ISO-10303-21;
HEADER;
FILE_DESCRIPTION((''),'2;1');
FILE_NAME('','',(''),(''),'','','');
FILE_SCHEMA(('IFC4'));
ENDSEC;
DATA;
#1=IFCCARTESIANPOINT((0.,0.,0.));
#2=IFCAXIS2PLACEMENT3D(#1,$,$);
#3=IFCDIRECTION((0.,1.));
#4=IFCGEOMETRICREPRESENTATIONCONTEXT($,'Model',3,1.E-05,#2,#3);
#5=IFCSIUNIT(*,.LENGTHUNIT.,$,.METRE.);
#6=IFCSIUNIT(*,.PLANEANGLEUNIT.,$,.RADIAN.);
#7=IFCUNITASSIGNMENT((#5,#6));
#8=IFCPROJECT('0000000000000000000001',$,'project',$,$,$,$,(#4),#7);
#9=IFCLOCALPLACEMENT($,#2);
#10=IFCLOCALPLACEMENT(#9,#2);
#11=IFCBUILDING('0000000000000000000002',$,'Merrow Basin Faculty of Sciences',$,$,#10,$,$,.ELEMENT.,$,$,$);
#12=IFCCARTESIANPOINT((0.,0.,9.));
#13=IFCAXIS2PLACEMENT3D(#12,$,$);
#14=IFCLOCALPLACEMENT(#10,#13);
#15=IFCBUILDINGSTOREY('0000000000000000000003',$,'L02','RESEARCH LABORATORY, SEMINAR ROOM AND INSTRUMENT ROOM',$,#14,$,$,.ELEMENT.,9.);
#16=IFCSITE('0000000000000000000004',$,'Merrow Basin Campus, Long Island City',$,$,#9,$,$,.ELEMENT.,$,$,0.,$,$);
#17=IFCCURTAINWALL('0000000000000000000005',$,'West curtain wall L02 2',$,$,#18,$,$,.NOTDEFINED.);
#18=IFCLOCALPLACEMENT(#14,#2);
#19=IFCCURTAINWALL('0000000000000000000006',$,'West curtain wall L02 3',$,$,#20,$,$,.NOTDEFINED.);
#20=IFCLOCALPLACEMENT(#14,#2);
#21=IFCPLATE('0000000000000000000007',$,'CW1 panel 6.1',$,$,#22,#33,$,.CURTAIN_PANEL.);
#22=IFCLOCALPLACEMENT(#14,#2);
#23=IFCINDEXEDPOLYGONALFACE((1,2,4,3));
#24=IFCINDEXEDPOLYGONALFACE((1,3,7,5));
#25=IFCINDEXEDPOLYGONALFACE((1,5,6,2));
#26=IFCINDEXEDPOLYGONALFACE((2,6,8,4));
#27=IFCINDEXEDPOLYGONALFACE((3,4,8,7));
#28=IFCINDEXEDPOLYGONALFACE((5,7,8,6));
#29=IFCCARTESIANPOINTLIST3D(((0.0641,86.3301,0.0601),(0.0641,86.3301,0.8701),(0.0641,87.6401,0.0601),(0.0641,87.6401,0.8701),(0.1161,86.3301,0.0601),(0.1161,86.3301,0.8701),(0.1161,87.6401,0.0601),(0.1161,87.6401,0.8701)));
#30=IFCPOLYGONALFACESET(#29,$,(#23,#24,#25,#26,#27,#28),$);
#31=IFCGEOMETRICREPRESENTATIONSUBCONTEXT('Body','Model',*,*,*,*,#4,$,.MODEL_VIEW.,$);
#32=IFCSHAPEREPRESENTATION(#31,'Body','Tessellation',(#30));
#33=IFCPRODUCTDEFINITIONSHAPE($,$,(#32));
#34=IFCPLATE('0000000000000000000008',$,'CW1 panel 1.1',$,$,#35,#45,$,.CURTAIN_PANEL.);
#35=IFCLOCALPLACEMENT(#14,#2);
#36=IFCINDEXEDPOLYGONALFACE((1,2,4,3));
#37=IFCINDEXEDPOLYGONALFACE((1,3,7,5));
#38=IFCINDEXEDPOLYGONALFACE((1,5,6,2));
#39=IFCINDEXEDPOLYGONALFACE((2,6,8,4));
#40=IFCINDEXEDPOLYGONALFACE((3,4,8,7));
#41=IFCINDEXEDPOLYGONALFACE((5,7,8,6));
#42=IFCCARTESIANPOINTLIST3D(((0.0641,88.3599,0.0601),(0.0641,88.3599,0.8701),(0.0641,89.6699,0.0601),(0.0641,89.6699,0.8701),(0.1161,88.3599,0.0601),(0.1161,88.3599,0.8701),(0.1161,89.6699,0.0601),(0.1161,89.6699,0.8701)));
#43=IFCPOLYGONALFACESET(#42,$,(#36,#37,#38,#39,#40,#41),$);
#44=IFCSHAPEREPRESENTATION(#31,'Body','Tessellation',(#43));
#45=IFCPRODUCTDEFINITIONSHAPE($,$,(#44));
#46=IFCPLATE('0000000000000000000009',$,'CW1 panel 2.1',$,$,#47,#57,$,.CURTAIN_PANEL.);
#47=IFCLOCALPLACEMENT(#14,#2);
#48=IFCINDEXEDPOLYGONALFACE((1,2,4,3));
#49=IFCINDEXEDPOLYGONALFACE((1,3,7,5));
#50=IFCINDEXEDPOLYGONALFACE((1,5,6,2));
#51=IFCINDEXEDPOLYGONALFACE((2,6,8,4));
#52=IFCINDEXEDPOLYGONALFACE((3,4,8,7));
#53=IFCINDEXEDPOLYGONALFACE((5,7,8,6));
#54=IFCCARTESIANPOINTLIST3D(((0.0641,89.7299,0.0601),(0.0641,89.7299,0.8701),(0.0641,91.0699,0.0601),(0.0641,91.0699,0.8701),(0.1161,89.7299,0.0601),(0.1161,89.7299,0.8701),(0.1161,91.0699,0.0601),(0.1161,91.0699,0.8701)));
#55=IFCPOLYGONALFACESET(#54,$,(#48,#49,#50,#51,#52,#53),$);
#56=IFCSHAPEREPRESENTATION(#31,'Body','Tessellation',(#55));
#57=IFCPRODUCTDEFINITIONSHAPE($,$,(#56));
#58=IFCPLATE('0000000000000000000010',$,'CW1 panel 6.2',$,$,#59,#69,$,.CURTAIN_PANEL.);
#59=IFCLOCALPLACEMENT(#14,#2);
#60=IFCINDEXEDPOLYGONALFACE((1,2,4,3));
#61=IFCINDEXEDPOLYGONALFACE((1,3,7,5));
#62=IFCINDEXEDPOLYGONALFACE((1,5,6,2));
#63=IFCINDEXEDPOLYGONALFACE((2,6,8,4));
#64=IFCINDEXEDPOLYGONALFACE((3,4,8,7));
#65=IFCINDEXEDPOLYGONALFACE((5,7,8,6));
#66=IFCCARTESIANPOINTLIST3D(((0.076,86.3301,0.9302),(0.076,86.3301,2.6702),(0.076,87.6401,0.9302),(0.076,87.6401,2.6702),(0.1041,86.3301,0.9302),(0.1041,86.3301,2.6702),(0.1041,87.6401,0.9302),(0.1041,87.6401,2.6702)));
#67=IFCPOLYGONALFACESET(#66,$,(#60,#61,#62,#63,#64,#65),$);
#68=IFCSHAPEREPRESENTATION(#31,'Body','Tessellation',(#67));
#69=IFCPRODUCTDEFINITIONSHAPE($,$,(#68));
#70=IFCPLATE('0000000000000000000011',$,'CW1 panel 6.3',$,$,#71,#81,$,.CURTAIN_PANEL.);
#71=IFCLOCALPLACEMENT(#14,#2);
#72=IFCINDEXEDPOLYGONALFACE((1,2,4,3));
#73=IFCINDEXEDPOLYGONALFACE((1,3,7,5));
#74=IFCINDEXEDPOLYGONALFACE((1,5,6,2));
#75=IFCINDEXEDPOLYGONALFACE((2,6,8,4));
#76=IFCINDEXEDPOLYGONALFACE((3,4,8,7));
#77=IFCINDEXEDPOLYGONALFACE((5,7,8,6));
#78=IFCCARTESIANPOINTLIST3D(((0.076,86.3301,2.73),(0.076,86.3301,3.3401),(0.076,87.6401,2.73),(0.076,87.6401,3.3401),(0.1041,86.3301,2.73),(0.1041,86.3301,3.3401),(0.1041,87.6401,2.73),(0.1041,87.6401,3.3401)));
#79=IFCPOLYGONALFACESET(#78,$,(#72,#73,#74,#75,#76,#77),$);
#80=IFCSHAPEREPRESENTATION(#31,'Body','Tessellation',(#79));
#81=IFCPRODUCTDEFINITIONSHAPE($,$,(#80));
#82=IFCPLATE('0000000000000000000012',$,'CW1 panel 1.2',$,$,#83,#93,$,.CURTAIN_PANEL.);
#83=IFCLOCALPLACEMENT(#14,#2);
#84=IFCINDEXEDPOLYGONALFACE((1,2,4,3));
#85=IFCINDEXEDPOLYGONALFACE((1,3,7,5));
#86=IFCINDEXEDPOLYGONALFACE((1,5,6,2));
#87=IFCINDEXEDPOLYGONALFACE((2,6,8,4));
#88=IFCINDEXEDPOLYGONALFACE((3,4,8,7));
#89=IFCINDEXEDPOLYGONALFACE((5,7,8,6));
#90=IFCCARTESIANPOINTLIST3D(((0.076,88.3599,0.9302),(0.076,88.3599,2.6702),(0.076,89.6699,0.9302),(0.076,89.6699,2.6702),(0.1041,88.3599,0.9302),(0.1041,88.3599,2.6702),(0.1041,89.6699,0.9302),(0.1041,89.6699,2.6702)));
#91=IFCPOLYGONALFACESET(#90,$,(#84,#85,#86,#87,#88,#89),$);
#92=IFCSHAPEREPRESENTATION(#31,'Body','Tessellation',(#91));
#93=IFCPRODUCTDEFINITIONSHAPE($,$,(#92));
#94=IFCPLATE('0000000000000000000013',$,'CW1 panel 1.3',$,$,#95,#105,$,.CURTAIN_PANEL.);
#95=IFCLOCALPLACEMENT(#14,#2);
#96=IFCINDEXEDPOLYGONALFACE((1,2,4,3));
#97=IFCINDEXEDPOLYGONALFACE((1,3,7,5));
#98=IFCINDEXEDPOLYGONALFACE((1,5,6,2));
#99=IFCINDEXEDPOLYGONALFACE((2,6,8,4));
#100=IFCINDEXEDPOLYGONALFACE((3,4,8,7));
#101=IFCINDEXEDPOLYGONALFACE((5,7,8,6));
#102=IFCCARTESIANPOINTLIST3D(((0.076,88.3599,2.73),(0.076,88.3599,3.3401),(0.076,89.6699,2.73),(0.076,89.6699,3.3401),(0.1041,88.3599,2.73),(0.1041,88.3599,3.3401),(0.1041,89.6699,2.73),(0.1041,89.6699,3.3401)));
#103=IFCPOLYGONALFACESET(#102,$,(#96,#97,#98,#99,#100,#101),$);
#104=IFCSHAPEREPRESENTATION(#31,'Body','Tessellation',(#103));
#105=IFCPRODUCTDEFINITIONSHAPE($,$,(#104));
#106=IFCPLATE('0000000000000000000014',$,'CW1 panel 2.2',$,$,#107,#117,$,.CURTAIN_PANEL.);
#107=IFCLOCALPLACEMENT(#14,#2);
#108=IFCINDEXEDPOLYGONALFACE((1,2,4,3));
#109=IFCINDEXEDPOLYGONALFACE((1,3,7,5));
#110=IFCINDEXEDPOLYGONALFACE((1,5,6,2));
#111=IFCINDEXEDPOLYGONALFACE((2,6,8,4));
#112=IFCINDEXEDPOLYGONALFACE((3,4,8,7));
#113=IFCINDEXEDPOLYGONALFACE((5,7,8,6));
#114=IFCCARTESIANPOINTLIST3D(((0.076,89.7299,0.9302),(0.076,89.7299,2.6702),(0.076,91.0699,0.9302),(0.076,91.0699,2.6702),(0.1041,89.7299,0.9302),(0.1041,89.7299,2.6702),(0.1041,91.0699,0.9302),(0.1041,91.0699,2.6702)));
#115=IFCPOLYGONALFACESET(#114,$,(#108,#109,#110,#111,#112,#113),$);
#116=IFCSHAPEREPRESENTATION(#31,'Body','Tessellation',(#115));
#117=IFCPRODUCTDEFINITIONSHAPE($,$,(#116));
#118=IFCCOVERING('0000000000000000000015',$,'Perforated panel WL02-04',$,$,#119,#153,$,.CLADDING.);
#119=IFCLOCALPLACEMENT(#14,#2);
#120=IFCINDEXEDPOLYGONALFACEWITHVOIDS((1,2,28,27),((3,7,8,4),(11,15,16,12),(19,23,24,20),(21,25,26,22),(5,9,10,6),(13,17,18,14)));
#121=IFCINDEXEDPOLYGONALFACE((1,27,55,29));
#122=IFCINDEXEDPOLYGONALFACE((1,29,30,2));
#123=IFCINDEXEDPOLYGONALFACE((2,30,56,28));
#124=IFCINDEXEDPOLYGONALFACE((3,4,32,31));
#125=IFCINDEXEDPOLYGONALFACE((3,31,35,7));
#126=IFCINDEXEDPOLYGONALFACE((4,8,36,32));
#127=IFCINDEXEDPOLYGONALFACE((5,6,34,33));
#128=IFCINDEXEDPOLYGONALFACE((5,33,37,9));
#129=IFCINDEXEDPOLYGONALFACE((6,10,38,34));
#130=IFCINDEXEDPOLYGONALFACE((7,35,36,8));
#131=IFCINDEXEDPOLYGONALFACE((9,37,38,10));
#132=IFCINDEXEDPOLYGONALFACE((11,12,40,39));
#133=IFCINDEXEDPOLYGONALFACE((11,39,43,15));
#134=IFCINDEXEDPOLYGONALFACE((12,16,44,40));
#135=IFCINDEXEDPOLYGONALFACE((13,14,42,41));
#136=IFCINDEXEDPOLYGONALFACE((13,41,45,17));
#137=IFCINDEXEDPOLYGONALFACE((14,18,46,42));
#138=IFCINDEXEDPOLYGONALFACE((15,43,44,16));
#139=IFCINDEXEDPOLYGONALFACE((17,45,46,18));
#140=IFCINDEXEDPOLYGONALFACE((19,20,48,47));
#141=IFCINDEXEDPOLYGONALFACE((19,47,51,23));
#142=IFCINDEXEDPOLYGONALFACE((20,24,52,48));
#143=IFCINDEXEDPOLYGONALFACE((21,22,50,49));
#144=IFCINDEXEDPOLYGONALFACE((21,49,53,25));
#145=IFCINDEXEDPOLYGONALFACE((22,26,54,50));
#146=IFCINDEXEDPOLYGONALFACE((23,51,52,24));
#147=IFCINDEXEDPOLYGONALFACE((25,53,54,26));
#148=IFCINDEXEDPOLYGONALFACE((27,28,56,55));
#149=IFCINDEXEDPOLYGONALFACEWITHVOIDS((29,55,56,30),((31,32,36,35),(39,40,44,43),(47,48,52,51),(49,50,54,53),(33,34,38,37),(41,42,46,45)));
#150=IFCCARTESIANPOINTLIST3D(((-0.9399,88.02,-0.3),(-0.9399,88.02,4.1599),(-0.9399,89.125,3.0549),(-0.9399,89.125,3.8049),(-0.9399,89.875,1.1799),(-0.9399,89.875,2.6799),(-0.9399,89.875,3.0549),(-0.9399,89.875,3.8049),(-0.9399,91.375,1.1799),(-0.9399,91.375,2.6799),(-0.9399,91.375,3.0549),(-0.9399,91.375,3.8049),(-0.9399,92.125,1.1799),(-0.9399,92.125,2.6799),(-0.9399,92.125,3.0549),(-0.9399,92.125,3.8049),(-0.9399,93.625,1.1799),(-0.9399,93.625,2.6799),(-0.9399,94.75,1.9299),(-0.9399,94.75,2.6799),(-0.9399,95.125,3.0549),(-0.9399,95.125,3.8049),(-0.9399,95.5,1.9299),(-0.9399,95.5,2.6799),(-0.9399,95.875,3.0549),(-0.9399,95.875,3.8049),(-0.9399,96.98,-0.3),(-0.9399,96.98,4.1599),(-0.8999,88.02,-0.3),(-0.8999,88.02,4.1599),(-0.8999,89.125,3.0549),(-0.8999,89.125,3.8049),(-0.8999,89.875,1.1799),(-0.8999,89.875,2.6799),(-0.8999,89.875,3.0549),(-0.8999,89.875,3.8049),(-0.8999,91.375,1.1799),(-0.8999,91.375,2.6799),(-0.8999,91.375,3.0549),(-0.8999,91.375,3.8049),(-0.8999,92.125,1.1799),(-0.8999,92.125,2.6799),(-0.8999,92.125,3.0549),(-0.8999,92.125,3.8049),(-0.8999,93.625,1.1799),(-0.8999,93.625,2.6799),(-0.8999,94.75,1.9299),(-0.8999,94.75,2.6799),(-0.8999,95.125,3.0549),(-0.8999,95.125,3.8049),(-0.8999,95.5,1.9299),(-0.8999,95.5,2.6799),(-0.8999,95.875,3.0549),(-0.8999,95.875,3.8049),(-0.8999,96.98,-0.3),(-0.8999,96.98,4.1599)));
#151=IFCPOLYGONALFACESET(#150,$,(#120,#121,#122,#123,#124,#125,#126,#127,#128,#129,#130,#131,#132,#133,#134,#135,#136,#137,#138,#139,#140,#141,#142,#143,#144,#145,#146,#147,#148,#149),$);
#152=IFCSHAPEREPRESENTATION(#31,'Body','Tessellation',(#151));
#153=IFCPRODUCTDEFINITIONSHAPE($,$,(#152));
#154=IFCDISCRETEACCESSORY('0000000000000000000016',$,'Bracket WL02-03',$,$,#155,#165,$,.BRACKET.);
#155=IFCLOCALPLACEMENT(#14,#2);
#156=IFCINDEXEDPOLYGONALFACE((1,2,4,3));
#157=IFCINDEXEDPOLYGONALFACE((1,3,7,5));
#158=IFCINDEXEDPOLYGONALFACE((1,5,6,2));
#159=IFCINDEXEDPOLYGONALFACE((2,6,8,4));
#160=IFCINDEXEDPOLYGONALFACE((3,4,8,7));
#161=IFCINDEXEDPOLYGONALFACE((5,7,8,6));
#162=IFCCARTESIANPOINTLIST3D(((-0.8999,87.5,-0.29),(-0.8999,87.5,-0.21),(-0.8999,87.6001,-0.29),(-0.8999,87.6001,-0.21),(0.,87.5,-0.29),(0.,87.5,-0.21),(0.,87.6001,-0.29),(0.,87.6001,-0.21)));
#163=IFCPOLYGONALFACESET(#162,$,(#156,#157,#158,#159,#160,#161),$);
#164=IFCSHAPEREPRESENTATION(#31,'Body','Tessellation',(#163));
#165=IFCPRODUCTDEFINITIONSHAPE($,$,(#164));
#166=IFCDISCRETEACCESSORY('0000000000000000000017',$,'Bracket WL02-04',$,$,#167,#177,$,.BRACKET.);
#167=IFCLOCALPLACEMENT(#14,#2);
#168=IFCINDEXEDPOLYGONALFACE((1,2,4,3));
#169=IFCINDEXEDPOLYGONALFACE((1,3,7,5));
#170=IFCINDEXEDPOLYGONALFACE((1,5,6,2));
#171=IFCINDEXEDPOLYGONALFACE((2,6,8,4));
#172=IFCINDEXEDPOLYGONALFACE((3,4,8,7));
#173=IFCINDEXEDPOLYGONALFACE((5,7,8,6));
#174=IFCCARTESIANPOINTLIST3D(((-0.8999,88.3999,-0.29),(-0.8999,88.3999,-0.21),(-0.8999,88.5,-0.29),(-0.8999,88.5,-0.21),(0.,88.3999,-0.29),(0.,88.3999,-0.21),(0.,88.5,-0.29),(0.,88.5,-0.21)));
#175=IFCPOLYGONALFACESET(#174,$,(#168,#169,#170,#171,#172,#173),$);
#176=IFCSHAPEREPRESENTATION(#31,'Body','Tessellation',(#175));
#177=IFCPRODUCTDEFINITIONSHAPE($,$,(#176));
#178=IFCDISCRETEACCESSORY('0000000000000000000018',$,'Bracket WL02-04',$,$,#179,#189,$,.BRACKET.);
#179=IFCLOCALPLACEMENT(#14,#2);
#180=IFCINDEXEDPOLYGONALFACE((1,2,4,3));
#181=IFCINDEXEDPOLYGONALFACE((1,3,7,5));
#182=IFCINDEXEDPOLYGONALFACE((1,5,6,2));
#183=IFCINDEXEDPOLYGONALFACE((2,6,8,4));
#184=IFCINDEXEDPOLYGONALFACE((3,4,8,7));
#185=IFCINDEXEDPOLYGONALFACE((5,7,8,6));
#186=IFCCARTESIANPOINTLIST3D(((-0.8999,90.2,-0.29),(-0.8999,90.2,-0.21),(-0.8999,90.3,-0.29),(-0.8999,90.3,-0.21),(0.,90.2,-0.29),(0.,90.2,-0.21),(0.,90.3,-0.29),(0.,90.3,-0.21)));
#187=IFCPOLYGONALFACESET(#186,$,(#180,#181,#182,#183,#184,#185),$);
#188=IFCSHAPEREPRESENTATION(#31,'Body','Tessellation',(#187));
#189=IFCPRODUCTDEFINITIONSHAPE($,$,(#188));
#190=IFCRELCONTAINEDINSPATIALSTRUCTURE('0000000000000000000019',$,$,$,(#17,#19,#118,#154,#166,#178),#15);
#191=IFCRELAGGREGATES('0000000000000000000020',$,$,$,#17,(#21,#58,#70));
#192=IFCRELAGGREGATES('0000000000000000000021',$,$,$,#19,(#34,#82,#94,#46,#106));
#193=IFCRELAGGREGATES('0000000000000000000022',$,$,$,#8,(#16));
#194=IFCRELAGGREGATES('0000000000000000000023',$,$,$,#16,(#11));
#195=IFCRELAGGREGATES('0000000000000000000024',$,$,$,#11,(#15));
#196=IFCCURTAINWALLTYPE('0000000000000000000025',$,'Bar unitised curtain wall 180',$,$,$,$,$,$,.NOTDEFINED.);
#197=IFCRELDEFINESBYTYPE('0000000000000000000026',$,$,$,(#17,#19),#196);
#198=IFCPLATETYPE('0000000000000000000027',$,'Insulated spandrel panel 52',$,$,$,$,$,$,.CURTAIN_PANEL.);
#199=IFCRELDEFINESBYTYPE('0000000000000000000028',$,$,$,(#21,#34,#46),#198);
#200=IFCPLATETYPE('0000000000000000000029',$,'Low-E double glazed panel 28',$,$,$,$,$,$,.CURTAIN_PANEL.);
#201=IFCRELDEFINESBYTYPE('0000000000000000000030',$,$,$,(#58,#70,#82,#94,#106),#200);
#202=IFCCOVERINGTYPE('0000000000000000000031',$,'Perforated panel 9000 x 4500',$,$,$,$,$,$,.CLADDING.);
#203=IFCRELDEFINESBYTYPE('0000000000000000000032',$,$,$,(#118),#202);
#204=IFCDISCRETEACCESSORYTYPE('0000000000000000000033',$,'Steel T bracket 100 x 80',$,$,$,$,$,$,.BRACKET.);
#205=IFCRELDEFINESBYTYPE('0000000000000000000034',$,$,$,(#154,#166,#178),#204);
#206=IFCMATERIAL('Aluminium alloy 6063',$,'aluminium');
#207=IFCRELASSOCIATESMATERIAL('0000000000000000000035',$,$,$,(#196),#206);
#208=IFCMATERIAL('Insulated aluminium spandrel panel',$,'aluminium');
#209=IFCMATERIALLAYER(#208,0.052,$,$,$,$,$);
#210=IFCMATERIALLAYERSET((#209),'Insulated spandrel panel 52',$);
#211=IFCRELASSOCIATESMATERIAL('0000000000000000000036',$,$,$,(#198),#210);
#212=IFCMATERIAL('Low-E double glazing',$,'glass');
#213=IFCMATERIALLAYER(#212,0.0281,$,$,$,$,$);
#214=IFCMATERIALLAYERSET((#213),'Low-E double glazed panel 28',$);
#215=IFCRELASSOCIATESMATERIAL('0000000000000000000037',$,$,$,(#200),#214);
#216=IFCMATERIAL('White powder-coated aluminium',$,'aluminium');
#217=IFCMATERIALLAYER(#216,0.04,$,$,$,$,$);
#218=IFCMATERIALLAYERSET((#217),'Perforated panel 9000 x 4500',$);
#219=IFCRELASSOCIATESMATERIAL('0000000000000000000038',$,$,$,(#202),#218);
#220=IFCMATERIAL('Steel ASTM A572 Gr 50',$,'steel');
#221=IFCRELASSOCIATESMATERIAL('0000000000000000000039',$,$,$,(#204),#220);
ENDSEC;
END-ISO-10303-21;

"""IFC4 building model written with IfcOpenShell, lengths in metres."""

from ifc_helpers import new_model, si_unit, direction, frame, origin, origin_2d, place, context, subcontext, project, spatial, polyline, rectangle, outline, extrude, source, transform, mapped, material, layer, layer_set, type_object, element, aggregate, save


model = new_model("IFC4")

# Units and contexts
model_context = context("Model", 3, precision=1e-05, world=origin(), true_north=direction((0.0, 1.0)))
body_context = subcontext(model_context, "Body", "Model", "MODEL_VIEW")
ifc_project = project(units=[si_unit("LENGTHUNIT", "METRE"), si_unit("PLANEANGLEUNIT", "RADIAN")], contexts=[model_context])

# Site, building, storey
site_placement = place(None, origin())
site = spatial("IfcSite", under=ifc_project, at=site_placement, Name="Merrow Basin Campus, Long Island City", CompositionType="ELEMENT", RefElevation=0.0)
building_placement = place(site_placement, origin())
building = spatial("IfcBuilding", under=site, at=building_placement, Name="Merrow Basin Faculty of Sciences", CompositionType="ELEMENT")
storey_placement = place(building_placement, frame((0.0, 0.0, 9.0)))
storey = spatial("IfcBuildingStorey", under=building, at=storey_placement, Name="L02", Description="RESEARCH LABORATORY, SEMINAR ROOM AND INSTRUMENT ROOM", CompositionType="ELEMENT", Elevation=9.0)

# Curtain wall
ifc_material_1 = material(Name="Aluminium alloy 6063", Category="aluminium")
curtain_wall_type = type_object("IfcCurtainWallType", Name="Bar unitised curtain wall 180", PredefinedType="NOTDEFINED", material=ifc_material_1)
curtain_wall_1_placement = place(storey_placement, origin())
curtain_wall_1 = element("IfcCurtainWall", 1, at=curtain_wall_1_placement, inside=storey, type_object=curtain_wall_type, Name="West curtain wall L02 2", PredefinedType="NOTDEFINED")

# Curtain wall
curtain_wall_2_placement = place(storey_placement, origin())
curtain_wall_2 = element("IfcCurtainWall", 2, at=curtain_wall_2_placement, inside=storey, type_object=curtain_wall_type, Name="West curtain wall L02 3", PredefinedType="NOTDEFINED")

# Plates
ifc_material_2 = material(Name="Insulated aluminium spandrel panel", Category="aluminium")
ifc_layer_1 = layer(ifc_material_2, 0.052)
ifc_layer_set_1 = layer_set([ifc_layer_1], Name="Insulated spandrel panel 52")
plate_type_1 = type_object("IfcPlateType", Name="Insulated spandrel panel 52", PredefinedType="CURTAIN_PANEL", material=ifc_layer_set_1)
plate_1_placement = place(storey_placement, frame((0.0901, 86.9851, 0.0601), z_axis=(0.0, 0.0, 1.0), x_axis=(0.0, 1.0, 0.0)))
plate_1 = element("IfcPlate", 3, at=plate_1_placement, type_object=plate_type_1, Name="CW1 panel 6.1", PredefinedType="CURTAIN_PANEL", context=body_context, shape_type="SweptSolid", body=[
    extrude(rectangle(XDim=1.3101, YDim=0.052, at=origin_2d()), origin(), (0.0, 0.0, 1.0), 0.8101),
])
plate_2_placement = place(storey_placement, frame((0.0901, 89.0149, 0.0601), z_axis=(0.0, 0.0, 1.0), x_axis=(0.0, 1.0, 0.0)))
plate_2 = element("IfcPlate", 4, at=plate_2_placement, type_object=plate_type_1, Name="CW1 panel 1.1", PredefinedType="CURTAIN_PANEL", context=body_context, shape_type="SweptSolid", body=[
    extrude(rectangle(XDim=1.3101, YDim=0.052, at=origin_2d()), origin(), (0.0, 0.0, 1.0), 0.8101),
])
plate_3_placement = place(storey_placement, frame((0.0901, 90.3999, 0.0601), z_axis=(0.0, 0.0, 1.0), x_axis=(0.0, 1.0, 0.0)))
plate_3 = element("IfcPlate", 5, at=plate_3_placement, type_object=plate_type_1, Name="CW1 panel 2.1", PredefinedType="CURTAIN_PANEL", context=body_context, shape_type="SweptSolid", body=[
    extrude(rectangle(XDim=1.3401, YDim=0.052, at=origin_2d()), origin(), (0.0, 0.0, 1.0), 0.8101),
])
ifc_material_3 = material(Name="Low-E double glazing", Category="glass")
ifc_layer_2 = layer(ifc_material_3, 0.0281)
ifc_layer_set_2 = layer_set([ifc_layer_2], Name="Low-E double glazed panel 28")
plate_type_2 = type_object("IfcPlateType", Name="Low-E double glazed panel 28", PredefinedType="CURTAIN_PANEL", material=ifc_layer_set_2)
plate_4_placement = place(storey_placement, frame((0.0901, 86.9851, 0.9302), z_axis=(0.0, 0.0, 1.0), x_axis=(0.0, 1.0, 0.0)))
plate_4 = element("IfcPlate", 6, at=plate_4_placement, type_object=plate_type_2, Name="CW1 panel 6.2", PredefinedType="CURTAIN_PANEL", context=body_context, shape_type="SweptSolid", body=[
    extrude(rectangle(XDim=1.3101, YDim=0.0281, at=origin_2d()), origin(), (0.0, 0.0, 1.0), 1.74),
])
plate_5_placement = place(storey_placement, frame((0.0901, 86.9851, 2.73), z_axis=(0.0, 0.0, 1.0), x_axis=(0.0, 1.0, 0.0)))
plate_5 = element("IfcPlate", 7, at=plate_5_placement, type_object=plate_type_2, Name="CW1 panel 6.3", PredefinedType="CURTAIN_PANEL", context=body_context, shape_type="SweptSolid", body=[
    extrude(rectangle(XDim=1.3101, YDim=0.0281, at=origin_2d()), origin(), (0.0, 0.0, 1.0), 0.6101),
])
aggregate(curtain_wall_1, [plate_1, plate_4, plate_5])
plate_6_placement = place(storey_placement, frame((0.0901, 89.0149, 0.9302), z_axis=(0.0, 0.0, 1.0), x_axis=(0.0, 1.0, 0.0)))
plate_6 = element("IfcPlate", 8, at=plate_6_placement, type_object=plate_type_2, Name="CW1 panel 1.2", PredefinedType="CURTAIN_PANEL", context=body_context, shape_type="SweptSolid", body=[
    extrude(rectangle(XDim=1.3101, YDim=0.0281, at=origin_2d()), origin(), (0.0, 0.0, 1.0), 1.74),
])
plate_7_placement = place(storey_placement, frame((0.0901, 89.0149, 2.73), z_axis=(0.0, 0.0, 1.0), x_axis=(0.0, 1.0, 0.0)))
plate_7 = element("IfcPlate", 9, at=plate_7_placement, type_object=plate_type_2, Name="CW1 panel 1.3", PredefinedType="CURTAIN_PANEL", context=body_context, shape_type="SweptSolid", body=[
    extrude(rectangle(XDim=1.3101, YDim=0.0281, at=origin_2d()), origin(), (0.0, 0.0, 1.0), 0.6101),
])
plate_8_placement = place(storey_placement, frame((0.0901, 90.3999, 0.9302), z_axis=(0.0, 0.0, 1.0), x_axis=(0.0, 1.0, 0.0)))
plate_8 = element("IfcPlate", 10, at=plate_8_placement, type_object=plate_type_2, Name="CW1 panel 2.2", PredefinedType="CURTAIN_PANEL", context=body_context, shape_type="SweptSolid", body=[
    extrude(rectangle(XDim=1.3401, YDim=0.0281, at=origin_2d()), origin(), (0.0, 0.0, 1.0), 1.74),
])
aggregate(curtain_wall_2, [plate_2, plate_6, plate_7, plate_3, plate_8])

# Covering
ifc_material_4 = material(Name="White powder-coated aluminium", Category="aluminium")
ifc_layer_3 = layer(ifc_material_4, 0.04)
ifc_layer_set_3 = layer_set([ifc_layer_3], Name="Perforated panel 9000 x 4500")
covering_type = type_object("IfcCoveringType", Name="Perforated panel 9000 x 4500", PredefinedType="CLADDING", material=ifc_layer_set_3)
shared_shape_1 = source(origin(), body_context, "Body", "SweptSolid", [
    extrude(outline(polyline([(0.02, 0.02), (8.98, 0.02), (8.98, 4.48), (0.02, 4.48), (0.02, 0.02)]), holes=[polyline([(1.875, 1.5), (3.375, 1.5), (3.375, 3.0), (1.875, 3.0), (1.875, 1.5)]), polyline([(4.125, 1.5), (5.625, 1.5), (5.625, 3.0), (4.125, 3.0), (4.125, 1.5)]), polyline([(6.75, 2.25), (7.5, 2.25), (7.5, 3.0), (6.75, 3.0), (6.75, 2.25)]), polyline([(1.125, 3.375), (1.875, 3.375), (1.875, 4.125), (1.125, 4.125), (1.125, 3.375)]), polyline([(3.375, 3.375), (4.125, 3.375), (4.125, 4.125), (3.375, 4.125), (3.375, 3.375)]), polyline([(7.125, 3.375), (7.875, 3.375), (7.875, 4.125), (7.125, 4.125), (7.125, 3.375)])]), origin(), (0.0, 0.0, 1.0), 0.04),
])
covering_placement = place(storey_placement, frame((-0.9399, 88.0, -0.3201), z_axis=(1.0, 0.0, 0.0), x_axis=(0.0, 1.0, 0.0)))
element("IfcCovering", 11, at=covering_placement, inside=storey, type_object=covering_type, Name="Perforated panel WL02-04", PredefinedType="CLADDING", context=body_context, shape_type="MappedRepresentation", body=[
    mapped(shared_shape_1, transform((0.0, 0.0, 0.0), scale=1.0)),
])

# Discrete accessories
ifc_material_5 = material(Name="Steel ASTM A572 Gr 50", Category="steel")
discrete_accessory_type = type_object("IfcDiscreteAccessoryType", Name="Steel T bracket 100 x 80", PredefinedType="BRACKET", material=ifc_material_5)
shared_shape_2 = source(origin(), body_context, "Body", "SweptSolid", [
    extrude(outline(polyline([(0.0, 0.0), (0.1001, 0.0), (0.1001, 0.0801), (0.0, 0.0801), (0.0, 0.0)])), origin(), (0.0, 0.0, 1.0), 0.8999),
])
for number, where, z_axis, x_axis, name in (
    (12, (-0.8999, 87.5, -0.29), (1.0, 0.0, 0.0), (0.0, 1.0, 0.0), "Bracket WL02-03"),
    (13, (-0.8999, 88.3999, -0.29), (1.0, 0.0, 0.0), (0.0, 1.0, 0.0), "Bracket WL02-04"),
    (14, (-0.8999, 90.2, -0.29), (1.0, 0.0, 0.0), (0.0, 1.0, 0.0), "Bracket WL02-04"),
):
    element("IfcDiscreteAccessory", number, at=place(storey_placement, frame(where, z_axis=z_axis, x_axis=x_axis)), inside=storey, type_object=discrete_accessory_type, Name=name, PredefinedType="BRACKET", context=body_context, shape_type="MappedRepresentation", body=[
        mapped(shared_shape_2, transform((0.0, 0.0, 0.0), scale=1.0)),
    ])

save(model, "model.ifc")
